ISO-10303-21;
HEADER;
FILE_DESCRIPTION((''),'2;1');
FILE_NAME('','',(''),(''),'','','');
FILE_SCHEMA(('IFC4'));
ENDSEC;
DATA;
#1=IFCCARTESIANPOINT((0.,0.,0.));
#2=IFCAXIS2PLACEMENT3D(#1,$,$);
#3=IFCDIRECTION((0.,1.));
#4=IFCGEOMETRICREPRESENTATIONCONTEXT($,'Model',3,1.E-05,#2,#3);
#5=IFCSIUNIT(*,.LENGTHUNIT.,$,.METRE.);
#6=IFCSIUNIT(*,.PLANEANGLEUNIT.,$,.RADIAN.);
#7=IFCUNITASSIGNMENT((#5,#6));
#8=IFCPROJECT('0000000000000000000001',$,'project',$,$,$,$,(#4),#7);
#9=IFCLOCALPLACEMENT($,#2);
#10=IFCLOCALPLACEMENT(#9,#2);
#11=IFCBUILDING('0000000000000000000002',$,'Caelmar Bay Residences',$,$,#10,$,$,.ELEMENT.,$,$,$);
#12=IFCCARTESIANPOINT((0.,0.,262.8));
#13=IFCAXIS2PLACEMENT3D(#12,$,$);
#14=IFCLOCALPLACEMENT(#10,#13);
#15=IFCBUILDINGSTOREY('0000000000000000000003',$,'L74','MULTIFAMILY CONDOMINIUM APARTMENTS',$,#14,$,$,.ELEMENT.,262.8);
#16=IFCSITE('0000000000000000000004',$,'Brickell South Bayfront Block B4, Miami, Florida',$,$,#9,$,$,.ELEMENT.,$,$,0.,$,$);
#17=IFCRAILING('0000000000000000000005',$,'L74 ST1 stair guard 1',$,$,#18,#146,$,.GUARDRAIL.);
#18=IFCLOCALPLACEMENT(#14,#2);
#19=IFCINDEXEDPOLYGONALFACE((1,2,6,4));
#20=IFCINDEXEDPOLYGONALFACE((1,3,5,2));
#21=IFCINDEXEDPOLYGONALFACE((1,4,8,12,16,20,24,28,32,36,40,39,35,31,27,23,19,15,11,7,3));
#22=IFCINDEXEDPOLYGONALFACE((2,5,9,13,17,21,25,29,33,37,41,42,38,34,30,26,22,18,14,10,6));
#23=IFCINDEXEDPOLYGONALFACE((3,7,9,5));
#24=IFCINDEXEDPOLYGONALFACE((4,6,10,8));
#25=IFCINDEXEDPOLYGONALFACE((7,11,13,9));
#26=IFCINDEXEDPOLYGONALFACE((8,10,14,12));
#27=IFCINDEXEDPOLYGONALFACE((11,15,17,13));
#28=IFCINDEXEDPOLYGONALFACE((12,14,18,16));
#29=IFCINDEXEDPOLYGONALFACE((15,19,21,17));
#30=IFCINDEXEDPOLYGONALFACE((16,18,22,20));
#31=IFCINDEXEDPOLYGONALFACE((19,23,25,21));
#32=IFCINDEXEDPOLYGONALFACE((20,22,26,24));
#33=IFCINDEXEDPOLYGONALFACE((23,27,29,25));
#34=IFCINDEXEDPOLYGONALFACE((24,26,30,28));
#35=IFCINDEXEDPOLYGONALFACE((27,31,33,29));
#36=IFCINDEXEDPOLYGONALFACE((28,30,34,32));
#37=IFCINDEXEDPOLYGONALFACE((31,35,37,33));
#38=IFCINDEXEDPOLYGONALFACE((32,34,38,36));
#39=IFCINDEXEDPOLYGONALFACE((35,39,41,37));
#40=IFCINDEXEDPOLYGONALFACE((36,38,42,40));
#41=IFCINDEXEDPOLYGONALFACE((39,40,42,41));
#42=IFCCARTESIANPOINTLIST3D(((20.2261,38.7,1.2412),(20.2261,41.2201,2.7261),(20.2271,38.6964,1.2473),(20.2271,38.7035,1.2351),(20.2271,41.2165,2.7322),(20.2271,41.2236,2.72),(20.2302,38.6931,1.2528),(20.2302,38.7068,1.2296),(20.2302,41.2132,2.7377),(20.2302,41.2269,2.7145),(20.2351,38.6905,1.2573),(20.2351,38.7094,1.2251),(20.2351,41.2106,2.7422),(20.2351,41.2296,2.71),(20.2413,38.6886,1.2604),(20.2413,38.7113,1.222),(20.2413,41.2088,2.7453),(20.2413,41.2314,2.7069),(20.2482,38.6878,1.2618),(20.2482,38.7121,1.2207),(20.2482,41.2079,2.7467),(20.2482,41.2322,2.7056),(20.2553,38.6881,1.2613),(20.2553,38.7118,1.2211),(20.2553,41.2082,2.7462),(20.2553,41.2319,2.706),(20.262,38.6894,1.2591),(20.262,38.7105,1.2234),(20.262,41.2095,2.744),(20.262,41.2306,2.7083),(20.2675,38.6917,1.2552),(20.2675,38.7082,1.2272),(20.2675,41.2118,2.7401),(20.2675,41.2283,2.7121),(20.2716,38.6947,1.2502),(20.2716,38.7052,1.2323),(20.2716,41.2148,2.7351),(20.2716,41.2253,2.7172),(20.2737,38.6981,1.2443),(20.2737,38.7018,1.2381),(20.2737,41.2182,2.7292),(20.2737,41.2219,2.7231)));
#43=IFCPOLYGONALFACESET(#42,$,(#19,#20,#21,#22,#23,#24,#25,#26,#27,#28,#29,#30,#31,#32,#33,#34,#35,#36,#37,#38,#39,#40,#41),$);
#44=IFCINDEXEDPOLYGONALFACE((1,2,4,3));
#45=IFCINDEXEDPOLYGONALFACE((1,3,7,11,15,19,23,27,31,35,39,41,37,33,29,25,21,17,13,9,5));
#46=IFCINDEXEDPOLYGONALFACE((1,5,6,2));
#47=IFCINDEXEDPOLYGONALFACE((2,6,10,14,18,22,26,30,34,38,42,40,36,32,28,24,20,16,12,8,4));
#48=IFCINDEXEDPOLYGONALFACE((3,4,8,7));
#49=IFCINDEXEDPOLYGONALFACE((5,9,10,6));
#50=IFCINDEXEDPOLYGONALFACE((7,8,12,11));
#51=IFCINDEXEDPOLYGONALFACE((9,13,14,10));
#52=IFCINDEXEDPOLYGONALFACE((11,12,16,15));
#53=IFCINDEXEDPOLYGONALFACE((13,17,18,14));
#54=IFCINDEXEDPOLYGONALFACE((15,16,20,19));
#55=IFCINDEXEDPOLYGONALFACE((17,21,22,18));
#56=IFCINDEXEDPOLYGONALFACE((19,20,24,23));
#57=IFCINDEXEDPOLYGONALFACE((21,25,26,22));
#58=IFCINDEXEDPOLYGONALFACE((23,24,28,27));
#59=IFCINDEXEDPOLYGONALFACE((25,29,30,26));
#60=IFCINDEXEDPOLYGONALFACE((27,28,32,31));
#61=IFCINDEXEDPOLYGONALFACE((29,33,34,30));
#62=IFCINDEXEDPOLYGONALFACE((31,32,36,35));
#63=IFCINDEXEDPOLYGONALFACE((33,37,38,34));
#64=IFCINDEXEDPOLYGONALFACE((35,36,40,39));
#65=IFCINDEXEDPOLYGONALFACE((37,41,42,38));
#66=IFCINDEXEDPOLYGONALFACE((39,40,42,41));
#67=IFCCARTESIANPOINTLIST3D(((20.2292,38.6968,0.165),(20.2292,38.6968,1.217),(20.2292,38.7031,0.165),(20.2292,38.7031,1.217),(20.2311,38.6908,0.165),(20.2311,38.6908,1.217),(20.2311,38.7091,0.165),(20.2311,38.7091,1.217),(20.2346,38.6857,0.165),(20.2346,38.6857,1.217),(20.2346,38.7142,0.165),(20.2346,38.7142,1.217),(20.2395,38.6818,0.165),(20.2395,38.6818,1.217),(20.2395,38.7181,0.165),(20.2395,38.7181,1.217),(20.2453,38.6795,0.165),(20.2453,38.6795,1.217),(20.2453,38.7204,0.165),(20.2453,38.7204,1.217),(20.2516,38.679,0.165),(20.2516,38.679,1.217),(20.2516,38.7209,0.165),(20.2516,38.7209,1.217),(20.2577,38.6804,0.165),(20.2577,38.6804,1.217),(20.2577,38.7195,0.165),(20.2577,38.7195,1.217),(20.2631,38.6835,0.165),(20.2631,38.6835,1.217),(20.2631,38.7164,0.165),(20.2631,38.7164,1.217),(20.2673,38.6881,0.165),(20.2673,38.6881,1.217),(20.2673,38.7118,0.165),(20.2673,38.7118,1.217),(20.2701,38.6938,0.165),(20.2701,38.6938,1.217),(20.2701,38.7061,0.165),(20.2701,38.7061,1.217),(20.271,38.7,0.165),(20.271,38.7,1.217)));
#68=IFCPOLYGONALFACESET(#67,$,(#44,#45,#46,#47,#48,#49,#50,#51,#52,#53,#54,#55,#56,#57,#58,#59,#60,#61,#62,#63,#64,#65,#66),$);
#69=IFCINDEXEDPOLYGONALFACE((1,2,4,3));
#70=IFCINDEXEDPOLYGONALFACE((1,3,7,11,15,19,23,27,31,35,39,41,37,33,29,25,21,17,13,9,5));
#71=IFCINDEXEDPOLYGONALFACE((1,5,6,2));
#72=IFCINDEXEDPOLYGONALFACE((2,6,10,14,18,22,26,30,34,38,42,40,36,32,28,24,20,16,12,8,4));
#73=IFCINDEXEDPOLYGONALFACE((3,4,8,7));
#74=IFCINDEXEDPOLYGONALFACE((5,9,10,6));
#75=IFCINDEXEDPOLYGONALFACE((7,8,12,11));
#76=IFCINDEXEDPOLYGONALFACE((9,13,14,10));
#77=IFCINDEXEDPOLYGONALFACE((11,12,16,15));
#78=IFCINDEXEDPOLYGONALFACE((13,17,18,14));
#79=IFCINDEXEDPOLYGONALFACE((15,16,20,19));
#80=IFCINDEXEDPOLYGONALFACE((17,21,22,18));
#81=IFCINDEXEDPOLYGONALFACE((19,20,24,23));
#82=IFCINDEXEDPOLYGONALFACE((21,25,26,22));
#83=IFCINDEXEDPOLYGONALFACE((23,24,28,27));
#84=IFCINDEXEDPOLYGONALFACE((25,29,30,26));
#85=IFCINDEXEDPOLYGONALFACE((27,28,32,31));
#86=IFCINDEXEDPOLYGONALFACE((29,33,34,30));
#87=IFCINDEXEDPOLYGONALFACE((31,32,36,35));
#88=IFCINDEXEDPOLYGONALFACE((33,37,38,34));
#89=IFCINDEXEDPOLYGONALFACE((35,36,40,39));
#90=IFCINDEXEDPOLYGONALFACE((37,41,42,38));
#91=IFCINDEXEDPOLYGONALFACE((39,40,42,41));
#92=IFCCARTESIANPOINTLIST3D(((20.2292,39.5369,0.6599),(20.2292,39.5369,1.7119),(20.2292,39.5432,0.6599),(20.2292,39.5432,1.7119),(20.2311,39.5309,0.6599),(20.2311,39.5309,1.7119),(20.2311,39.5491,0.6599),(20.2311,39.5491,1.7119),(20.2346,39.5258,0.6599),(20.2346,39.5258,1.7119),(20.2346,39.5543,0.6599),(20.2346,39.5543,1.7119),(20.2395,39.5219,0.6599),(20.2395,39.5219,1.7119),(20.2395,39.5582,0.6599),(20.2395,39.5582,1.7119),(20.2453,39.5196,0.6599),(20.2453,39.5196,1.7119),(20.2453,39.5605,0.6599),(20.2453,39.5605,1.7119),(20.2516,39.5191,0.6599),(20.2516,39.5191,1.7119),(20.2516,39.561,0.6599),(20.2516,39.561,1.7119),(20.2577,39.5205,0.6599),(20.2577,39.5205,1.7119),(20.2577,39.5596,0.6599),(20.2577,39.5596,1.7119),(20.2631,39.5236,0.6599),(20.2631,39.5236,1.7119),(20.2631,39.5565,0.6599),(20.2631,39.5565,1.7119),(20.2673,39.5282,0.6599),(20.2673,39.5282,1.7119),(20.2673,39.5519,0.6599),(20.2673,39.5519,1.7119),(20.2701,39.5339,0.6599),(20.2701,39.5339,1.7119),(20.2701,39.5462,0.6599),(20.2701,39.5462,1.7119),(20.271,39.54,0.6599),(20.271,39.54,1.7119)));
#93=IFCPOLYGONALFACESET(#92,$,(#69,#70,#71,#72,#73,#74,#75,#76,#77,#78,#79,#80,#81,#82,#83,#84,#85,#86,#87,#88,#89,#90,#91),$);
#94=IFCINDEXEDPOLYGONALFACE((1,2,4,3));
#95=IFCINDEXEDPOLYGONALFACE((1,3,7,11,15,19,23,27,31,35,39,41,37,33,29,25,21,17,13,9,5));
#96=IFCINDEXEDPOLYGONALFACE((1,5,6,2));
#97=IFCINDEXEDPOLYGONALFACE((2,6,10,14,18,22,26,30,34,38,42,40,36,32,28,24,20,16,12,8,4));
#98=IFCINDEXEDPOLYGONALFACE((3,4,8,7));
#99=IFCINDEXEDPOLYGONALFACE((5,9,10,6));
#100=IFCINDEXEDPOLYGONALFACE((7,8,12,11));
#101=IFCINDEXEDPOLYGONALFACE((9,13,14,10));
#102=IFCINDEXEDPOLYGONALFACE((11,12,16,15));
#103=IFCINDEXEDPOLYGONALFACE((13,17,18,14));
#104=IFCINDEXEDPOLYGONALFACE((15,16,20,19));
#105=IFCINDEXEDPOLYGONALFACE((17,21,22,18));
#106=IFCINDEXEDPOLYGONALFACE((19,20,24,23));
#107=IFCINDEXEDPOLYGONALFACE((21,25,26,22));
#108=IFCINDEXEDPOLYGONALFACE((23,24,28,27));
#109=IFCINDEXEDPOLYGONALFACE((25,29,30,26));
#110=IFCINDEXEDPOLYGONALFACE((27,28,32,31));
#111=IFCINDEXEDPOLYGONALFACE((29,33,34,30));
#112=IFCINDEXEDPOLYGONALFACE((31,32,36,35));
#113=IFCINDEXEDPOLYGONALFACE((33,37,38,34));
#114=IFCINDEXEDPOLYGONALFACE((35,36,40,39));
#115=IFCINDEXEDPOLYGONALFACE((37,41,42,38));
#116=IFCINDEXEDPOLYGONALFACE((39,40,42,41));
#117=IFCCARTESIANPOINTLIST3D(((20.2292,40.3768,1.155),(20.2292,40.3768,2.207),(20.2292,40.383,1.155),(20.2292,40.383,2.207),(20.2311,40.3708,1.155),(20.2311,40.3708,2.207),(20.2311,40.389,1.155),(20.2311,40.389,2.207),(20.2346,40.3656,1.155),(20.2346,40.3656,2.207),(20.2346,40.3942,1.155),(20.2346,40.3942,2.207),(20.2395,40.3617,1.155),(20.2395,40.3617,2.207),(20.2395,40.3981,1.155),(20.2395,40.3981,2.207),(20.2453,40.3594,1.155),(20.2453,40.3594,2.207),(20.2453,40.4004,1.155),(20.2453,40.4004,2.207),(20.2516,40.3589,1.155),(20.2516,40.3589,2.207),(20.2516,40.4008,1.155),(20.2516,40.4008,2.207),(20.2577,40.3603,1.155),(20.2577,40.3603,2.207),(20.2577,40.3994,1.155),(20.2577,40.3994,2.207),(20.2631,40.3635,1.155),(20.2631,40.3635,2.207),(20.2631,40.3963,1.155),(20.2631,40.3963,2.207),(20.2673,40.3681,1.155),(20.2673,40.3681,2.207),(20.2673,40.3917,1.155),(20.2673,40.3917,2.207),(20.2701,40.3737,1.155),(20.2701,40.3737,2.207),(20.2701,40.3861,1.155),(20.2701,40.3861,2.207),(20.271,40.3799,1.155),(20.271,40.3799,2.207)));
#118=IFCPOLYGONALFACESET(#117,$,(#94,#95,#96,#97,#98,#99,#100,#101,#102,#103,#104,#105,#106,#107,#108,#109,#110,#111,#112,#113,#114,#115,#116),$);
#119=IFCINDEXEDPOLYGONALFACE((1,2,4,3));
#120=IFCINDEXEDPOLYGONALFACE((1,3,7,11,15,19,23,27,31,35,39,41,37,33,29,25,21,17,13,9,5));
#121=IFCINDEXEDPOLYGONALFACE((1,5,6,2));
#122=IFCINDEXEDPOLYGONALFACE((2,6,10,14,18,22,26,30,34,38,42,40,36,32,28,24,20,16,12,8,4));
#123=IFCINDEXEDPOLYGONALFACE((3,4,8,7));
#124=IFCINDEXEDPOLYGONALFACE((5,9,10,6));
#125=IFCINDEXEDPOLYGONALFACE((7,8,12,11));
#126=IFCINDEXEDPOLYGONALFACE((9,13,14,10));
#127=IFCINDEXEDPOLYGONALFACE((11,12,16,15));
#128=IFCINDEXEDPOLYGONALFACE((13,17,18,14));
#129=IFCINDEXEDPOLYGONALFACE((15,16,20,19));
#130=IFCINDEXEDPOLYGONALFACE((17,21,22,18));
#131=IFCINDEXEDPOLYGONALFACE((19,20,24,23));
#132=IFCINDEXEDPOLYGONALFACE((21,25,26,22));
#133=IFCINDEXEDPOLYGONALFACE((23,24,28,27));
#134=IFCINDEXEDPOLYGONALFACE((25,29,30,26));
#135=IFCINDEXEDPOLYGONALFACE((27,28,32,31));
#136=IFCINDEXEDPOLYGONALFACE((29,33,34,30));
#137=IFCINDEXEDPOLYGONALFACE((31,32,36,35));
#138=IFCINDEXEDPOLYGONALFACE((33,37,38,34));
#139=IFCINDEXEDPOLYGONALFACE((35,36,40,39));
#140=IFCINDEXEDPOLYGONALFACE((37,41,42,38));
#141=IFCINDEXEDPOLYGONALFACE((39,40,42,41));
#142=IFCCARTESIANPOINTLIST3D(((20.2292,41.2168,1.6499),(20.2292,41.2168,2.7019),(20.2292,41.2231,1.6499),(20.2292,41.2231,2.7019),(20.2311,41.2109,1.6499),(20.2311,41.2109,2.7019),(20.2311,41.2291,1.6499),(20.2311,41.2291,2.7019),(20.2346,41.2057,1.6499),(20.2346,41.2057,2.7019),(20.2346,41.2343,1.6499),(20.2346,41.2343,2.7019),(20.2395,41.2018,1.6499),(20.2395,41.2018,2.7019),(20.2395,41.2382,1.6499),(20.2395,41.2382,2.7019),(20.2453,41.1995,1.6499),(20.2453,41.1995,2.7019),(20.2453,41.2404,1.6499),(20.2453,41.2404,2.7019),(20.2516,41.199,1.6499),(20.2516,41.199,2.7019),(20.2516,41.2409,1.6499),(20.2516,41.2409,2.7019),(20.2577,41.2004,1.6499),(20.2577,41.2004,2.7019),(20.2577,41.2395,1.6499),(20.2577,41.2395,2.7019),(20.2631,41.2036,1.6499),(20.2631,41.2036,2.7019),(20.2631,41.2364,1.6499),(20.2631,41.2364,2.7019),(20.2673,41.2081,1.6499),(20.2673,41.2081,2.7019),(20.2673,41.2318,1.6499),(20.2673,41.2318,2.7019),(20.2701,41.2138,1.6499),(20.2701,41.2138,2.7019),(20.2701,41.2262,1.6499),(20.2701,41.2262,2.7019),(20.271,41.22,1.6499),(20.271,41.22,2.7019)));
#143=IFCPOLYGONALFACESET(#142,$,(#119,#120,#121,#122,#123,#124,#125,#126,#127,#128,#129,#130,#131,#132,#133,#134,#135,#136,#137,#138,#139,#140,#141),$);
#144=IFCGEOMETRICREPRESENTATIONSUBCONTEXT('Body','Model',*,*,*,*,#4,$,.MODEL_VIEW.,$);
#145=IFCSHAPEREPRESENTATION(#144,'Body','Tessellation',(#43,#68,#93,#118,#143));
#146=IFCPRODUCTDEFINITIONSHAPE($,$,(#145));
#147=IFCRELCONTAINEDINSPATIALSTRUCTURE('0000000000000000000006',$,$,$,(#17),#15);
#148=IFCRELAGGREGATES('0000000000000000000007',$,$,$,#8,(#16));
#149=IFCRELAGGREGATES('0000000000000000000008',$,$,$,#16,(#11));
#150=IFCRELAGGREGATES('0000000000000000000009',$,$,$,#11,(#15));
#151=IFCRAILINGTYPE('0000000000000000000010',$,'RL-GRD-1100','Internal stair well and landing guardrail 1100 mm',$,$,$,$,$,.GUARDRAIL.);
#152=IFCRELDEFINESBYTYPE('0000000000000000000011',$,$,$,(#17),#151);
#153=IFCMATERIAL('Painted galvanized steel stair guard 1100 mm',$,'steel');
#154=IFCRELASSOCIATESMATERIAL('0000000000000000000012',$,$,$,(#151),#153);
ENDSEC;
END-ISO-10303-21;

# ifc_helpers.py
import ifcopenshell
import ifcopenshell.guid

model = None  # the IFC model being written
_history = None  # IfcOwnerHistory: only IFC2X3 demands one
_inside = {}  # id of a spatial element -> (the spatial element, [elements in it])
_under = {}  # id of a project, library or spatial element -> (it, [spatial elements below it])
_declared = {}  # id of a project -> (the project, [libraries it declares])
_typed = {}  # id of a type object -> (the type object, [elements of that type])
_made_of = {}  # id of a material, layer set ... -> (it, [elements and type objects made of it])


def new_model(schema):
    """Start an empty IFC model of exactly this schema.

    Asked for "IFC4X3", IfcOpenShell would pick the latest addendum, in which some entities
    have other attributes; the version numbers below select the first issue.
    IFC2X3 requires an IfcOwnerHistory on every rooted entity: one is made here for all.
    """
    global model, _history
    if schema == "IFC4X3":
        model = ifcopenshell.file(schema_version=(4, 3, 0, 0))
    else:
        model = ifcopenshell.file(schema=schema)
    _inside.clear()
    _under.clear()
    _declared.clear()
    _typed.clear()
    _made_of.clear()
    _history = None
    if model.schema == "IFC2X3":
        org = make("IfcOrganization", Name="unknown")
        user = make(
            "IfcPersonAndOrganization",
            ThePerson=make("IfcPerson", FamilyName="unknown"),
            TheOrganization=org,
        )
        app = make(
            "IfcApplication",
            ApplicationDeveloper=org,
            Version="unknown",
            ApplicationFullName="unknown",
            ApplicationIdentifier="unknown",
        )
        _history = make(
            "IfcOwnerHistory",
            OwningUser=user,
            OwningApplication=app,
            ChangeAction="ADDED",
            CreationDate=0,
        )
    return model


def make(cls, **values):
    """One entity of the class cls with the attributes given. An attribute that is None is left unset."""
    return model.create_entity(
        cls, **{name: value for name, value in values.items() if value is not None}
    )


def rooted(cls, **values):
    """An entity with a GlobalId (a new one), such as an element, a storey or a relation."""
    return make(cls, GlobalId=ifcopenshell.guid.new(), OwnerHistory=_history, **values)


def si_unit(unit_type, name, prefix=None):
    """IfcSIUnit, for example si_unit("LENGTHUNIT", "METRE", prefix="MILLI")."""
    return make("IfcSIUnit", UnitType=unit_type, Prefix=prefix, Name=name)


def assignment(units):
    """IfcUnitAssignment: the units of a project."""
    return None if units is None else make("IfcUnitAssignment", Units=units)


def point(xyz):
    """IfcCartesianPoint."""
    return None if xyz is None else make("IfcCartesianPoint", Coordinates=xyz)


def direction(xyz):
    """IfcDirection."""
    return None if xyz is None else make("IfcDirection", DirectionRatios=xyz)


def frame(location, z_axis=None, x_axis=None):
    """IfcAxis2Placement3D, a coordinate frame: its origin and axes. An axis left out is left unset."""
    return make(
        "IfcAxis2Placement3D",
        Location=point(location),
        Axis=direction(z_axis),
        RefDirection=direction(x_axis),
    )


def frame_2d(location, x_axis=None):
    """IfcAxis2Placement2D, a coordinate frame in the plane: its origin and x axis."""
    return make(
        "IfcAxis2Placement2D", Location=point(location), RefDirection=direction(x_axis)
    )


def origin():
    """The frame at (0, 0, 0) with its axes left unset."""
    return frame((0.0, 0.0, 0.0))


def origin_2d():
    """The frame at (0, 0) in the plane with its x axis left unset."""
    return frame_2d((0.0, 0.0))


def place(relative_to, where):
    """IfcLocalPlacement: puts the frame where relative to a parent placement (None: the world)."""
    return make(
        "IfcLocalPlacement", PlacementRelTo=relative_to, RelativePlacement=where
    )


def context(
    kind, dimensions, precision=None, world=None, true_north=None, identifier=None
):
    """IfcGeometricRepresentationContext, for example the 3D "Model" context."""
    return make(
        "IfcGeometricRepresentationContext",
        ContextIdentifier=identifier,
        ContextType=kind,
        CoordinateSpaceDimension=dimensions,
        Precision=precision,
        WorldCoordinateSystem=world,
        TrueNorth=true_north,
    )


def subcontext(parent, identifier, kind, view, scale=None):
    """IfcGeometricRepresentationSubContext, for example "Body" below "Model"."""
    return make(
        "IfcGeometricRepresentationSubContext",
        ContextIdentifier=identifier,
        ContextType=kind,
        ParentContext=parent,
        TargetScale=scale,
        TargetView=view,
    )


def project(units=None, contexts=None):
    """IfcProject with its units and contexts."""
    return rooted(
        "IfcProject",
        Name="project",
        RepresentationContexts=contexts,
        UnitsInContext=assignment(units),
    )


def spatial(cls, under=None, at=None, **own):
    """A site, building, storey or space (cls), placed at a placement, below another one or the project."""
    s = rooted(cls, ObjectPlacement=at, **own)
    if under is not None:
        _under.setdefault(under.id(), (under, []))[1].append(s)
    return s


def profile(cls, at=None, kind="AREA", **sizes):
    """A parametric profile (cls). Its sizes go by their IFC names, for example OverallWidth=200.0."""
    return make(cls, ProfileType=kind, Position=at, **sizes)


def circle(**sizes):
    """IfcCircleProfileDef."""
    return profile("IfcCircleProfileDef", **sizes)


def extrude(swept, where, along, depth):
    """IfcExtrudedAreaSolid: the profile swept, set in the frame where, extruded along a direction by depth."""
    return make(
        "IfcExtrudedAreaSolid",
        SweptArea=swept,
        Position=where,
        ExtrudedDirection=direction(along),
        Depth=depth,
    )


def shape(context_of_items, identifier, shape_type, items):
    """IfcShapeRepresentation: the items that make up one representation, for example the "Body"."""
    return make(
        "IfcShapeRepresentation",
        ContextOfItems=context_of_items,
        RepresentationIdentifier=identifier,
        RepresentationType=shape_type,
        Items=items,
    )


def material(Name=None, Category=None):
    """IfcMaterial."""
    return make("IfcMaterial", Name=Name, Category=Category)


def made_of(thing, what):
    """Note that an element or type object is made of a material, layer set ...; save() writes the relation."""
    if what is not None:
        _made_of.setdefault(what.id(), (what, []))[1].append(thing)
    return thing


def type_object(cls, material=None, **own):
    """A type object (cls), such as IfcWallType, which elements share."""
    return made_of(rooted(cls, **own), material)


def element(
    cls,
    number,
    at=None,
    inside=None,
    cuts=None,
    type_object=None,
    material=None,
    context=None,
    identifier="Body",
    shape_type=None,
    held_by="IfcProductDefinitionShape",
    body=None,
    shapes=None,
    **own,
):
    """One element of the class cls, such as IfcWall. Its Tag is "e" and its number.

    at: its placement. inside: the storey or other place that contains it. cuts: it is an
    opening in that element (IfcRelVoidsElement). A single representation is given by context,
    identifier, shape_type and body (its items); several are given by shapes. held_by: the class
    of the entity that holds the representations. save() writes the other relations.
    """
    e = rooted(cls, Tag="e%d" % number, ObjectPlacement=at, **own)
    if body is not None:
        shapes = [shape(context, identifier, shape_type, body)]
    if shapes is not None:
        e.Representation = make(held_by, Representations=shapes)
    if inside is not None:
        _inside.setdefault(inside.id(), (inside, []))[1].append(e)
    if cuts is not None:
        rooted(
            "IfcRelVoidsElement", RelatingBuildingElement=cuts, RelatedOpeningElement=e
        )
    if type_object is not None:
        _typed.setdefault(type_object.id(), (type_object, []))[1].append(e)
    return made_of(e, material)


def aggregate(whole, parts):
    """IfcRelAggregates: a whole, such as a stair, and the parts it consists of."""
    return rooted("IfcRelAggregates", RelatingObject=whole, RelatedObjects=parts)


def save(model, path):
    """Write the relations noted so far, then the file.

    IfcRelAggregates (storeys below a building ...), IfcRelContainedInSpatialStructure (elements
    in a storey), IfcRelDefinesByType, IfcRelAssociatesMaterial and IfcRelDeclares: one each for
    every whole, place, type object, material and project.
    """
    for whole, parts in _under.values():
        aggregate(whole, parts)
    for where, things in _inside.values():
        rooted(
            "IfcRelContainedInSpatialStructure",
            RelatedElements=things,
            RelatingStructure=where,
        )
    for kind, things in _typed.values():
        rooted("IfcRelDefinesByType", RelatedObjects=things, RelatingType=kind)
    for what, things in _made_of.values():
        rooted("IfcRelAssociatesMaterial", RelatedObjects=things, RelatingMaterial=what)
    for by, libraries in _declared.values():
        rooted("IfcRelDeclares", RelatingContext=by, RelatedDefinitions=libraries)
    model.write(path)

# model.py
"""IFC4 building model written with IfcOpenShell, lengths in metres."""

from ifc_helpers import new_model, si_unit, direction, frame, origin, origin_2d, place, context, subcontext, project, spatial, circle, extrude, material, type_object, element, save


model = new_model("IFC4")

# Units and contexts
model_context = context("Model", 3, precision=1e-05, world=origin(), true_north=direction((0.0, 1.0)))
body_context = subcontext(model_context, "Body", "Model", "MODEL_VIEW")
ifc_project = project(units=[si_unit("LENGTHUNIT", "METRE"), si_unit("PLANEANGLEUNIT", "RADIAN")], contexts=[model_context])

# Site, building, storey
site_placement = place(None, origin())
site = spatial("IfcSite", under=ifc_project, at=site_placement, Name="Brickell South Bayfront Block B4, Miami, Florida", CompositionType="ELEMENT", RefElevation=0.0)
building_placement = place(site_placement, origin())
building = spatial("IfcBuilding", under=site, at=building_placement, Name="Caelmar Bay Residences", CompositionType="ELEMENT")
storey_placement = place(building_placement, frame((0.0, 0.0, 262.8)))
storey = spatial("IfcBuildingStorey", under=building, at=storey_placement, Name="L74", Description="MULTIFAMILY CONDOMINIUM APARTMENTS", CompositionType="ELEMENT", Elevation=262.8)

# Railing
ifc_material_1 = material(Name="Painted galvanized steel stair guard 1100 mm", Category="steel")
railing_type_1 = type_object("IfcRailingType", Name="RL-GRD-1100", Description="Internal stair well and landing guardrail 1100 mm", PredefinedType="GUARDRAIL", material=ifc_material_1)
railing_1_placement = place(storey_placement, frame((20.25, 38.7, 0.165)))
element("IfcRailing", 1, at=railing_1_placement, inside=storey, type_object=railing_type_1, Name="L74 ST1 stair guard 1", PredefinedType="GUARDRAIL", context=body_context, shape_type="SweptSolid", body=[
    extrude(circle(Radius=0.0239, at=origin_2d()), frame((0.0, 0.0, 1.0762), z_axis=(0.0, 0.861561, 0.507655), x_axis=(-1.0, 0.0, 0.0)), (0.0, 0.0, 1.0), 2.925),
    extrude(circle(Radius=0.021, at=origin_2d()), origin(), (0.0, 0.0, 1.0), 1.052),
    extrude(circle(Radius=0.021, at=origin_2d()), frame((0.0, 0.8401, 0.4949)), (0.0, 0.0, 1.0), 1.052),
    extrude(circle(Radius=0.021, at=origin_2d()), frame((0.0, 1.6799, 0.99)), (0.0, 0.0, 1.0), 1.052),
    extrude(circle(Radius=0.021, at=origin_2d()), frame((0.0, 2.52, 1.4849)), (0.0, 0.0, 1.0), 1.052),
])

save(model, "model.ifc")
